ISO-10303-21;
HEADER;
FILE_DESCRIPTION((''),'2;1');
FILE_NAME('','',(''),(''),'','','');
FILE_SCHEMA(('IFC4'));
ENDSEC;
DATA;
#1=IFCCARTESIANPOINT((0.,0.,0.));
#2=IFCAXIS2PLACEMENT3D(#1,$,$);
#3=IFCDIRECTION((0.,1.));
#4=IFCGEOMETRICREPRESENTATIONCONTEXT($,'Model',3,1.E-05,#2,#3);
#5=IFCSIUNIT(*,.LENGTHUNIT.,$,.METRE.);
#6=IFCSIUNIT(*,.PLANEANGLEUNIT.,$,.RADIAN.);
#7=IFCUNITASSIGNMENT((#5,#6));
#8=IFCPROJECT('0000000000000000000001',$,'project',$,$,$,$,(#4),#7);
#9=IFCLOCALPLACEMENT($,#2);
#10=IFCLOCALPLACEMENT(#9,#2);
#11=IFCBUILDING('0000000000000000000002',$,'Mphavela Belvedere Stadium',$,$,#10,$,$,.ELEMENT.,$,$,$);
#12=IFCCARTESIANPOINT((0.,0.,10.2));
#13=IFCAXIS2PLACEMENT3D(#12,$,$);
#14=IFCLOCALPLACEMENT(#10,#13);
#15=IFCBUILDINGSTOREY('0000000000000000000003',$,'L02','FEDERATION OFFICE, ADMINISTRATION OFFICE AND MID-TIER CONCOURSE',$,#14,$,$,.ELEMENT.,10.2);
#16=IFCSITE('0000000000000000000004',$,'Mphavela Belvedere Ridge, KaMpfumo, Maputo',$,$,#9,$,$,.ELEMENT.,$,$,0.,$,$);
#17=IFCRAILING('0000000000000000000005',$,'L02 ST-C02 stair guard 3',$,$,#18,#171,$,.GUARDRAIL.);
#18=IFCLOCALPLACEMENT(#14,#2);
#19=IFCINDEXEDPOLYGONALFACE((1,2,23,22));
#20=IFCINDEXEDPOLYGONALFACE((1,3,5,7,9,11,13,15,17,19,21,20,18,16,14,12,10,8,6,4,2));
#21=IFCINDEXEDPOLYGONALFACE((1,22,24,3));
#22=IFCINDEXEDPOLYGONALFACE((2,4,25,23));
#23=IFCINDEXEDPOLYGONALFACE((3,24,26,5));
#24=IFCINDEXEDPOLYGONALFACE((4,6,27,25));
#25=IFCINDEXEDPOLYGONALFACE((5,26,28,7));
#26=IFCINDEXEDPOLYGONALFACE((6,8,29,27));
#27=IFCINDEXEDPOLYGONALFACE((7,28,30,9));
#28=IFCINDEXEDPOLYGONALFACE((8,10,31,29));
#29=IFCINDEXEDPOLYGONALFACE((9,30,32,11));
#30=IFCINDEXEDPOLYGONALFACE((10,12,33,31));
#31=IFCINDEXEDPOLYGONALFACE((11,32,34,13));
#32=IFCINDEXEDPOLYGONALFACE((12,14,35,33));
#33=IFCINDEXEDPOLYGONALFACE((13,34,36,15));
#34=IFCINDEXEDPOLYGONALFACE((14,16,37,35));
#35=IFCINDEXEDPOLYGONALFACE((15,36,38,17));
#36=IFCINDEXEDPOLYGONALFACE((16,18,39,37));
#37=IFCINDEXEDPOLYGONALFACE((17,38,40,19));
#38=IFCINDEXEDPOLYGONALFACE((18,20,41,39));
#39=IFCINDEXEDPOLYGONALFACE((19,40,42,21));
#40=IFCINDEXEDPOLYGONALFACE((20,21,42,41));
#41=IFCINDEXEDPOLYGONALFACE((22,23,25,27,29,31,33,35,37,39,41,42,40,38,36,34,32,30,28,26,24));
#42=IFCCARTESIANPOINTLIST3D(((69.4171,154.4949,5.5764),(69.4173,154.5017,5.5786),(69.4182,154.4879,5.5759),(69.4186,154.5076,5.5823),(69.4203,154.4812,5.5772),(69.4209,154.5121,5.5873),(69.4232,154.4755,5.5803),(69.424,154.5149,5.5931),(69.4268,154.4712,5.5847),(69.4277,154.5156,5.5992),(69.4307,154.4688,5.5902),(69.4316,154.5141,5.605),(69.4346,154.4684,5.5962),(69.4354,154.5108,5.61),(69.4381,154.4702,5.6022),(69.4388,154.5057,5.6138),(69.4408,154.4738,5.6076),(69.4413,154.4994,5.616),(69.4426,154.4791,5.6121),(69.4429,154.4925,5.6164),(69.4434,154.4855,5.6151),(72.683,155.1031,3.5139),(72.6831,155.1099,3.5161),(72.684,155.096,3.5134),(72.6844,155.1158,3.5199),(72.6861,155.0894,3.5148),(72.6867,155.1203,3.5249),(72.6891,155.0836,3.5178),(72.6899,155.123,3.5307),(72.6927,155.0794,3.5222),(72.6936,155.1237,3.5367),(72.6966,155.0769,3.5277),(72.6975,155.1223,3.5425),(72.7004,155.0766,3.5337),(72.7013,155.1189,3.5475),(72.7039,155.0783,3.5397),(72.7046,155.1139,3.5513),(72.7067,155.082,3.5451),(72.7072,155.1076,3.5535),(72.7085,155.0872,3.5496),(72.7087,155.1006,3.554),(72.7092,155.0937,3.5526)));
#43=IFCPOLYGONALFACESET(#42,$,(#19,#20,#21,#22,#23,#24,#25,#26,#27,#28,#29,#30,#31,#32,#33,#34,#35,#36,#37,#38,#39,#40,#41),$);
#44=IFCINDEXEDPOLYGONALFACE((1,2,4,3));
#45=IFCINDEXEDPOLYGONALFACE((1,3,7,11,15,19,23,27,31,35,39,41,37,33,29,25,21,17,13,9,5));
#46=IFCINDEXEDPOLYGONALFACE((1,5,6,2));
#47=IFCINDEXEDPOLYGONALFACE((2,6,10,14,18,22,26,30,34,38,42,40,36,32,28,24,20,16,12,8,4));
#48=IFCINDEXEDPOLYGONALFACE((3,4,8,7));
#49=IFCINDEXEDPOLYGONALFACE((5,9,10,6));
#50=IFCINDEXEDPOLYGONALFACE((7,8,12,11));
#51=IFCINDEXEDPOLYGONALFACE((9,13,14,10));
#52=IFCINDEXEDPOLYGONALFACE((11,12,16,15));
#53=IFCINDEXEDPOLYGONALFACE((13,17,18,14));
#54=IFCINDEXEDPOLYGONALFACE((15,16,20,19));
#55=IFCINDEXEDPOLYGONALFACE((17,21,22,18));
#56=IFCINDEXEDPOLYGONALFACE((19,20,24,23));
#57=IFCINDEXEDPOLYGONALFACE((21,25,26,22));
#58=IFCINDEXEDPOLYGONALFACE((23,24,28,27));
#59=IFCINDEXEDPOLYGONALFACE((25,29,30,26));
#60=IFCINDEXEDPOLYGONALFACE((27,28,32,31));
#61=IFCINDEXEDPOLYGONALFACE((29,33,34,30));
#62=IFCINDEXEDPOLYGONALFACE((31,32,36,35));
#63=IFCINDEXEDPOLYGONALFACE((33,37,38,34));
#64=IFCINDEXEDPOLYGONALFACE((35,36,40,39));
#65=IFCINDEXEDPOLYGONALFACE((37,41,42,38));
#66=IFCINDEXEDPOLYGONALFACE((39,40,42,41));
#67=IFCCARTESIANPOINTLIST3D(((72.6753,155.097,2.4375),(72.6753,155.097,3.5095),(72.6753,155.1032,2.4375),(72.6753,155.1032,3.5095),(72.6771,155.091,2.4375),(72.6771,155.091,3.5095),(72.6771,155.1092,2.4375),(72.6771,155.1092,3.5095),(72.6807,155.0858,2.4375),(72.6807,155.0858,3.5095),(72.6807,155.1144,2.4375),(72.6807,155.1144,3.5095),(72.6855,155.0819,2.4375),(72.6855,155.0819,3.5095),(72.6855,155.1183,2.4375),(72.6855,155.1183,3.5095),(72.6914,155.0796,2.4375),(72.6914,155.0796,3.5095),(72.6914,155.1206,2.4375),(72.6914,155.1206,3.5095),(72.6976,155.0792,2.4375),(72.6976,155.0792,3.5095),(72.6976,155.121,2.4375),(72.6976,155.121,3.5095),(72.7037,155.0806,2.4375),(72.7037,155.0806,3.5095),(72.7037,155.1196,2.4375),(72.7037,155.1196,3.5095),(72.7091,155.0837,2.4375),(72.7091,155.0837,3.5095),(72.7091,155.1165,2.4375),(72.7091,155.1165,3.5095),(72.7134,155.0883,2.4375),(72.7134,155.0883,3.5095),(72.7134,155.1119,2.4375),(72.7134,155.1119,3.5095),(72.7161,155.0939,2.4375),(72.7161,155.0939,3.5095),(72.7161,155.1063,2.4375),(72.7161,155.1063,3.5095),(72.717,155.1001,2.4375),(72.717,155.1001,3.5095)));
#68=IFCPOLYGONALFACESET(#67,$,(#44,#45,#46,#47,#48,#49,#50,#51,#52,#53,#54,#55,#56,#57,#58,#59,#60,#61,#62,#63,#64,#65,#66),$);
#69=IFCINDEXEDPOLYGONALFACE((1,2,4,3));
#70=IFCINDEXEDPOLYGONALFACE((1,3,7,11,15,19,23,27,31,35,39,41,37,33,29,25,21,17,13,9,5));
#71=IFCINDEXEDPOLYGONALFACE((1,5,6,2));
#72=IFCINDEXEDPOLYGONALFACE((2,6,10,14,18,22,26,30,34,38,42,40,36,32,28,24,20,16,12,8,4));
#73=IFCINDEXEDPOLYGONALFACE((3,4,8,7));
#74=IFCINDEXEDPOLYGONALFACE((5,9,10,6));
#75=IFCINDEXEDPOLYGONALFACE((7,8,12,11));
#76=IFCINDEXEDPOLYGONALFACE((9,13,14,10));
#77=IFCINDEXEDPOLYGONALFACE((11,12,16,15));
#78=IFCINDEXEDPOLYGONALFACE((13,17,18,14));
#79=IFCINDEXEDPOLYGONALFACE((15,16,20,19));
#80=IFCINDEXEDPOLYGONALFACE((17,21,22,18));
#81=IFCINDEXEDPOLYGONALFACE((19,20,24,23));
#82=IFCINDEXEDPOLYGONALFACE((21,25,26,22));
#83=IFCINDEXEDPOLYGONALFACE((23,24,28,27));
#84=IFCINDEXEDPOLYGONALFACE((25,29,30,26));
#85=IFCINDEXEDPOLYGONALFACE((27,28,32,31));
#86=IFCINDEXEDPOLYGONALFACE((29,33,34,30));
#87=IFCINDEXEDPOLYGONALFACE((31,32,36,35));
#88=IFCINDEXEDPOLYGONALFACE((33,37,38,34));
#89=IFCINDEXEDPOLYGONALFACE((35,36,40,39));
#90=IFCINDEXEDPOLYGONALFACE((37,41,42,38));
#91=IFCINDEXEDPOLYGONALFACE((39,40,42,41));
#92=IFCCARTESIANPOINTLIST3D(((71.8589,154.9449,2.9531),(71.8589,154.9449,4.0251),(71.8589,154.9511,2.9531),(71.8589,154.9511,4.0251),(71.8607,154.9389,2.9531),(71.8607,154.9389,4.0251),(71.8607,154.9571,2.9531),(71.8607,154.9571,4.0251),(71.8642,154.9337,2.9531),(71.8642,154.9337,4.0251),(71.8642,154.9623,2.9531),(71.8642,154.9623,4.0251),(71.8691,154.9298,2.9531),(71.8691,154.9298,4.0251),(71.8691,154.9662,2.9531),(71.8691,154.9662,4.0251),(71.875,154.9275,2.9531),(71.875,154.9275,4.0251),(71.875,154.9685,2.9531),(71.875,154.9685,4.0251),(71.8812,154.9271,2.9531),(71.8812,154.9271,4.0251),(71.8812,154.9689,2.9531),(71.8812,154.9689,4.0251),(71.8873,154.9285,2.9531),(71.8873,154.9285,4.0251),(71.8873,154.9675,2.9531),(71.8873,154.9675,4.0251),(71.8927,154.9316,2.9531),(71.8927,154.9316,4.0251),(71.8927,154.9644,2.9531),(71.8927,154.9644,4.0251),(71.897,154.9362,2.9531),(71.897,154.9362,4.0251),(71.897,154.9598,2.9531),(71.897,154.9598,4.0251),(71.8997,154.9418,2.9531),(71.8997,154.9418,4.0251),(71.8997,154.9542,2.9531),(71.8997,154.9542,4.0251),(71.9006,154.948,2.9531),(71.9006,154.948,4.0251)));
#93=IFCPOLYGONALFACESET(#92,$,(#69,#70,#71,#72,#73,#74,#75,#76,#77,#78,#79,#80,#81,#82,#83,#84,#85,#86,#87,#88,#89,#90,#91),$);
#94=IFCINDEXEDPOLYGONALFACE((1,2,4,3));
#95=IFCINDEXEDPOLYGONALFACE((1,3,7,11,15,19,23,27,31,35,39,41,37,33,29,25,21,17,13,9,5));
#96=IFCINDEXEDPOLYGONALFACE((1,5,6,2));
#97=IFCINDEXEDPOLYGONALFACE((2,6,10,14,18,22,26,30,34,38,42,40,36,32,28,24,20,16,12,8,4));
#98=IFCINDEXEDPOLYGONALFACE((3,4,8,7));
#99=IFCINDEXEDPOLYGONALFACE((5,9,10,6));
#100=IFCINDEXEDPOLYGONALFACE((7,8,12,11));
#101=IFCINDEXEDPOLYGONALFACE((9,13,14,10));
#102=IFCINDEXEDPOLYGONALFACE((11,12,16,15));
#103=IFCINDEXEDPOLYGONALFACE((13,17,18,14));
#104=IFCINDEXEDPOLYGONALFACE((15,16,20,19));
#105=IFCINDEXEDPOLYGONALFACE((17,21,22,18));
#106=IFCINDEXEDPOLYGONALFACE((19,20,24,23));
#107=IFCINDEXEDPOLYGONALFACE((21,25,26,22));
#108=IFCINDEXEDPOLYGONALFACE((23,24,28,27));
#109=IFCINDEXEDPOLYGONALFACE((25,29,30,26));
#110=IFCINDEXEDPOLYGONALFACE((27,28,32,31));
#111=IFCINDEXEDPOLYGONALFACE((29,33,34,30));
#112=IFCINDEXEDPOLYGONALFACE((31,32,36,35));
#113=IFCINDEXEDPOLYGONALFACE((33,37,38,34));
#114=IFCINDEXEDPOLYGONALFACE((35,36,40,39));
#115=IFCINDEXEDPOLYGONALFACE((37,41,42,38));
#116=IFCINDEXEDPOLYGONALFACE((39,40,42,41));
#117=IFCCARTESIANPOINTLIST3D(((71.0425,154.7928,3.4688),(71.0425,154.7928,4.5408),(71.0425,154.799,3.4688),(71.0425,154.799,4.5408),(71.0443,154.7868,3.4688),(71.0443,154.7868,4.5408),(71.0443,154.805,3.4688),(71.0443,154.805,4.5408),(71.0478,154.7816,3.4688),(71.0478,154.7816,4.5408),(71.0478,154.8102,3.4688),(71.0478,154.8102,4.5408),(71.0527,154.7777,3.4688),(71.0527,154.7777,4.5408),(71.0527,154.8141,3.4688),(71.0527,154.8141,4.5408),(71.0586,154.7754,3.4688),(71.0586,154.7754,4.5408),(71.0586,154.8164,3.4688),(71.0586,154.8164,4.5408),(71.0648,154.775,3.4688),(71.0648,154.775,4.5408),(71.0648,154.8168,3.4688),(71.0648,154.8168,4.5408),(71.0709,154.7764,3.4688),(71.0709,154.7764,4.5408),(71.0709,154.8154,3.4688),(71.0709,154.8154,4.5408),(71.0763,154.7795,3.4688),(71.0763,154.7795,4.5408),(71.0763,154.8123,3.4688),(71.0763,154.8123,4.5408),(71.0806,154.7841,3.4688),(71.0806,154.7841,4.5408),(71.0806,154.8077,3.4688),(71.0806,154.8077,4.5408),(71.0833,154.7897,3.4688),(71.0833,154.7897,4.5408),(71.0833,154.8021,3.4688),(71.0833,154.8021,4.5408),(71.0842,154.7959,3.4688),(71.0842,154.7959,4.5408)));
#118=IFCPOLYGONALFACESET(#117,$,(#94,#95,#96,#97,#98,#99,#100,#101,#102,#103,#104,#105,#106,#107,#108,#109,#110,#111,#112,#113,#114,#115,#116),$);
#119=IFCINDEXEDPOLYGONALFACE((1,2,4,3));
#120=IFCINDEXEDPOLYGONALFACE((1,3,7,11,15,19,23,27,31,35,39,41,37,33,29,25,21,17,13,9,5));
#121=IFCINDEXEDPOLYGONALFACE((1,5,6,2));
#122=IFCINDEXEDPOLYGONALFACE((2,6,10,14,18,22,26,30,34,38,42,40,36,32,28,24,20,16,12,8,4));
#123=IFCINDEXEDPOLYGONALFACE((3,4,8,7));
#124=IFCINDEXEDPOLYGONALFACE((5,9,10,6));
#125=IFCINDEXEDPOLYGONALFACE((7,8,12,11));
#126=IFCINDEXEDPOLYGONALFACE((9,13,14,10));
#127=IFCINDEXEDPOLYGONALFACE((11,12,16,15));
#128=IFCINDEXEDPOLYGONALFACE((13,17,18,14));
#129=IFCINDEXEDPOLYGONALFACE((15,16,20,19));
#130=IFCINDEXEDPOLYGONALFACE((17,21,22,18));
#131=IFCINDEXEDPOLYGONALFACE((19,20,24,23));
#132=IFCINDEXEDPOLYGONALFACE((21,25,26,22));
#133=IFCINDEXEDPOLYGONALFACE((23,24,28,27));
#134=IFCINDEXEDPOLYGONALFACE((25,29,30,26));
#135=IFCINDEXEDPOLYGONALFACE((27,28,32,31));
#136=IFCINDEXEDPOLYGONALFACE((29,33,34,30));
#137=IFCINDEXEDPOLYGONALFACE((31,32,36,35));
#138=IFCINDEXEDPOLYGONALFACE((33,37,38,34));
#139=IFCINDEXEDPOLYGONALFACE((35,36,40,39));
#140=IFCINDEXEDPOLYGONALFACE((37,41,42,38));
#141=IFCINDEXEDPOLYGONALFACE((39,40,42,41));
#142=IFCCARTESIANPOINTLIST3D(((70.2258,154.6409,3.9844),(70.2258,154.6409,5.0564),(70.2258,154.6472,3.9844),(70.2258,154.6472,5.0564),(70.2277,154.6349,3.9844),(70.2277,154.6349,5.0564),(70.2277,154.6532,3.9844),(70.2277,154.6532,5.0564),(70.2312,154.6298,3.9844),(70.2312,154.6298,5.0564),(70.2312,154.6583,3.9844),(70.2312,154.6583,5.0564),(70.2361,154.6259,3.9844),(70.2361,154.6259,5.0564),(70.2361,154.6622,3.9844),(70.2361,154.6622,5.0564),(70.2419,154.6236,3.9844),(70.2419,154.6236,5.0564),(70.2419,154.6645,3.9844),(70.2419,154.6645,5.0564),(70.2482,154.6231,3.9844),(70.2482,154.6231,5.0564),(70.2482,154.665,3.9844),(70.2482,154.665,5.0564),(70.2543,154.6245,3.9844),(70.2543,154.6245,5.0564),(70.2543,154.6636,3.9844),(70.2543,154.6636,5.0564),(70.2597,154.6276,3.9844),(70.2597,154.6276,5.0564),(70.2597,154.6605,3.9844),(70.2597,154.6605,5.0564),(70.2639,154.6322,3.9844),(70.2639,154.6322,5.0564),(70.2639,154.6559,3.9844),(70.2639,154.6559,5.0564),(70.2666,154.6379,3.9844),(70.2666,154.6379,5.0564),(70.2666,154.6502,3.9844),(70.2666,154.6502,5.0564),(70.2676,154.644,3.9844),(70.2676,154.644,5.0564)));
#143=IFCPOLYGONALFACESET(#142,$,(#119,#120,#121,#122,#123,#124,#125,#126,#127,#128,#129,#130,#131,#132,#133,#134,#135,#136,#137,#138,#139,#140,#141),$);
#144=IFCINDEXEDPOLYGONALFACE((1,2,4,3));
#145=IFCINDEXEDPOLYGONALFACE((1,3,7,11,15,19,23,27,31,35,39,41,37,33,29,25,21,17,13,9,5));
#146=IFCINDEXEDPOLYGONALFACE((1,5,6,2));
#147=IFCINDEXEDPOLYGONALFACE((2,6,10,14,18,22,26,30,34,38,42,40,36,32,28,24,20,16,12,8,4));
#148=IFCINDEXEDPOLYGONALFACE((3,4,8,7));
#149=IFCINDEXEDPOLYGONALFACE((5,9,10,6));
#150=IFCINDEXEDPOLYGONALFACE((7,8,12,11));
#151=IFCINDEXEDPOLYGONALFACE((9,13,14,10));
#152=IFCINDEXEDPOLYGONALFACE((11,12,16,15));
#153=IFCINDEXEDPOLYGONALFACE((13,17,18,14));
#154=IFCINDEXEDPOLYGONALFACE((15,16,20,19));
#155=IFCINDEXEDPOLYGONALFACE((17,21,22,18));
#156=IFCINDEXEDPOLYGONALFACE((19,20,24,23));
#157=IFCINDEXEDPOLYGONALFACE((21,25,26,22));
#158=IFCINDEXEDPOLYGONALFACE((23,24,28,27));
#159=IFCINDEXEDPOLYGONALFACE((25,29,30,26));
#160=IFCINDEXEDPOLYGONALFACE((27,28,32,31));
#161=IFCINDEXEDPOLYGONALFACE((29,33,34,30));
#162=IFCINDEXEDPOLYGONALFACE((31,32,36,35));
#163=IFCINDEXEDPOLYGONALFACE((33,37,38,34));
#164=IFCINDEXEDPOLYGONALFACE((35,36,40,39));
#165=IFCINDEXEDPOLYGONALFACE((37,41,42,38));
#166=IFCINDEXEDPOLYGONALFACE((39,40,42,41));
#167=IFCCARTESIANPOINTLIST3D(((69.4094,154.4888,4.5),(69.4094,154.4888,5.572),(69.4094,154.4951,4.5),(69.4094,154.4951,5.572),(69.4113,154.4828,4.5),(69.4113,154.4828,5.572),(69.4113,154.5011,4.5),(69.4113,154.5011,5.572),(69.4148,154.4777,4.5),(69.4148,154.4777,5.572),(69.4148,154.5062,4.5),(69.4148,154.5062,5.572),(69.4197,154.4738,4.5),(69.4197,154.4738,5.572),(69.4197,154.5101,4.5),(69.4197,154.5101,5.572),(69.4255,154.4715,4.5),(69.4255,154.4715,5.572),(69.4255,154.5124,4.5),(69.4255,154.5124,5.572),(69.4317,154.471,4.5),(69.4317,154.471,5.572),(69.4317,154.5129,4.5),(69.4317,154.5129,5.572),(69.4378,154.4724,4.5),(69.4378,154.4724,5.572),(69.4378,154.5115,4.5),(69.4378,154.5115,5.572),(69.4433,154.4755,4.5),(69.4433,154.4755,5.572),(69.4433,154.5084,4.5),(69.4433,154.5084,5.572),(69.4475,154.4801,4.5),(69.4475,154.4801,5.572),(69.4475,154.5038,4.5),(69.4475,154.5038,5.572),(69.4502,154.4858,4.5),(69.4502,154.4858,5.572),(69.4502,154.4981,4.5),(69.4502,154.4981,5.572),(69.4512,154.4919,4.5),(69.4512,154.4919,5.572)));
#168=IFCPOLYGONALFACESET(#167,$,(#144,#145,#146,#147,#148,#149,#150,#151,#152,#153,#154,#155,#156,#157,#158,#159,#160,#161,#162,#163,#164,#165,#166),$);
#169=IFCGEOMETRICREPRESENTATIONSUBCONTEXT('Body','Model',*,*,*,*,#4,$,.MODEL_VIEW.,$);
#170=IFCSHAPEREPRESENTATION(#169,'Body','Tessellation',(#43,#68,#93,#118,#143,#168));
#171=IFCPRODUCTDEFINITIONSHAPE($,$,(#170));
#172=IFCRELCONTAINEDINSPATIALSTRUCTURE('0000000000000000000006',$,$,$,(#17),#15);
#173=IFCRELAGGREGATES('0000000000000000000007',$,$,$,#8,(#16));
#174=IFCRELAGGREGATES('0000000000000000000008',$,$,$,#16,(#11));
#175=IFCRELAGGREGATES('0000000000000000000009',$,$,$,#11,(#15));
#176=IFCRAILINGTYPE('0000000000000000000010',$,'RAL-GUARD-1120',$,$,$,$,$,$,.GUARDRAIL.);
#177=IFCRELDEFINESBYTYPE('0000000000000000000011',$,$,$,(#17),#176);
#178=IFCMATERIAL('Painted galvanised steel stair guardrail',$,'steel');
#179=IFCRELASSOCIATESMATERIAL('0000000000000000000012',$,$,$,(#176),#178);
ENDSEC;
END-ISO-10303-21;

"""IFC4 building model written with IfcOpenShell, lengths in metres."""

from ifc_helpers import new_model, si_unit, direction, frame, origin, origin_2d, place, context, subcontext, project, spatial, circle, extrude, material, type_object, element, save


model = new_model("IFC4")

# Units and contexts
model_context = context("Model", 3, precision=1e-05, world=origin(), true_north=direction((0.0, 1.0)))
body_context = subcontext(model_context, "Body", "Model", "MODEL_VIEW")
ifc_project = project(units=[si_unit("LENGTHUNIT", "METRE"), si_unit("PLANEANGLEUNIT", "RADIAN")], contexts=[model_context])

# Site, building, storey
site_placement = place(None, origin())
site = spatial("IfcSite", under=ifc_project, at=site_placement, Name="Mphavela Belvedere Ridge, KaMpfumo, Maputo", CompositionType="ELEMENT", RefElevation=0.0)
building_placement = place(site_placement, origin())
building = spatial("IfcBuilding", under=site, at=building_placement, Name="Mphavela Belvedere Stadium", CompositionType="ELEMENT")
storey_placement = place(building_placement, frame((0.0, 0.0, 10.2)))
storey = spatial("IfcBuildingStorey", under=building, at=storey_placement, Name="L02", Description="FEDERATION OFFICE, ADMINISTRATION OFFICE AND MID-TIER CONCOURSE", CompositionType="ELEMENT", Elevation=10.2)

# Railing
ifc_material_1 = material(Name="Painted galvanised steel stair guardrail", Category="steel")
railing_type_1 = type_object("IfcRailingType", Name="RAL-GUARD-1120", PredefinedType="GUARDRAIL", material=ifc_material_1)
railing_1_placement = place(storey_placement, frame((72.696, 155.1001, 2.4375)))
element("IfcRailing", 1, at=railing_1_placement, inside=storey, type_object=railing_type_1, Name="L02 ST-C02 stair guard 3", PredefinedType="GUARDRAIL", context=body_context, shape_type="SweptSolid", body=[
    extrude(circle(Radius=0.0239, at=origin_2d()), frame((0.0, 0.0, 1.0962), z_axis=(-0.835218, -0.15553, 0.527467), x_axis=(0.183068, -0.9831, 0.0)), (0.0, 0.0, 1.0), 3.9102),
    extrude(circle(Radius=0.021, at=origin_2d()), origin(), (0.0, 0.0, 1.0), 1.072),
    extrude(circle(Radius=0.021, at=origin_2d()), frame((-0.8164, -0.1521, 0.5156)), (0.0, 0.0, 1.0), 1.072),
    extrude(circle(Radius=0.021, at=origin_2d()), frame((-1.6328, -0.3042, 1.0312)), (0.0, 0.0, 1.0), 1.072),
    extrude(circle(Radius=0.021, at=origin_2d()), frame((-2.4495, -0.4561, 1.5469)), (0.0, 0.0, 1.0), 1.072),
    extrude(circle(Radius=0.021, at=origin_2d()), frame((-3.2659, -0.6082, 2.0625)), (0.0, 0.0, 1.0), 1.072),
])

save(model, "model.ifc")
